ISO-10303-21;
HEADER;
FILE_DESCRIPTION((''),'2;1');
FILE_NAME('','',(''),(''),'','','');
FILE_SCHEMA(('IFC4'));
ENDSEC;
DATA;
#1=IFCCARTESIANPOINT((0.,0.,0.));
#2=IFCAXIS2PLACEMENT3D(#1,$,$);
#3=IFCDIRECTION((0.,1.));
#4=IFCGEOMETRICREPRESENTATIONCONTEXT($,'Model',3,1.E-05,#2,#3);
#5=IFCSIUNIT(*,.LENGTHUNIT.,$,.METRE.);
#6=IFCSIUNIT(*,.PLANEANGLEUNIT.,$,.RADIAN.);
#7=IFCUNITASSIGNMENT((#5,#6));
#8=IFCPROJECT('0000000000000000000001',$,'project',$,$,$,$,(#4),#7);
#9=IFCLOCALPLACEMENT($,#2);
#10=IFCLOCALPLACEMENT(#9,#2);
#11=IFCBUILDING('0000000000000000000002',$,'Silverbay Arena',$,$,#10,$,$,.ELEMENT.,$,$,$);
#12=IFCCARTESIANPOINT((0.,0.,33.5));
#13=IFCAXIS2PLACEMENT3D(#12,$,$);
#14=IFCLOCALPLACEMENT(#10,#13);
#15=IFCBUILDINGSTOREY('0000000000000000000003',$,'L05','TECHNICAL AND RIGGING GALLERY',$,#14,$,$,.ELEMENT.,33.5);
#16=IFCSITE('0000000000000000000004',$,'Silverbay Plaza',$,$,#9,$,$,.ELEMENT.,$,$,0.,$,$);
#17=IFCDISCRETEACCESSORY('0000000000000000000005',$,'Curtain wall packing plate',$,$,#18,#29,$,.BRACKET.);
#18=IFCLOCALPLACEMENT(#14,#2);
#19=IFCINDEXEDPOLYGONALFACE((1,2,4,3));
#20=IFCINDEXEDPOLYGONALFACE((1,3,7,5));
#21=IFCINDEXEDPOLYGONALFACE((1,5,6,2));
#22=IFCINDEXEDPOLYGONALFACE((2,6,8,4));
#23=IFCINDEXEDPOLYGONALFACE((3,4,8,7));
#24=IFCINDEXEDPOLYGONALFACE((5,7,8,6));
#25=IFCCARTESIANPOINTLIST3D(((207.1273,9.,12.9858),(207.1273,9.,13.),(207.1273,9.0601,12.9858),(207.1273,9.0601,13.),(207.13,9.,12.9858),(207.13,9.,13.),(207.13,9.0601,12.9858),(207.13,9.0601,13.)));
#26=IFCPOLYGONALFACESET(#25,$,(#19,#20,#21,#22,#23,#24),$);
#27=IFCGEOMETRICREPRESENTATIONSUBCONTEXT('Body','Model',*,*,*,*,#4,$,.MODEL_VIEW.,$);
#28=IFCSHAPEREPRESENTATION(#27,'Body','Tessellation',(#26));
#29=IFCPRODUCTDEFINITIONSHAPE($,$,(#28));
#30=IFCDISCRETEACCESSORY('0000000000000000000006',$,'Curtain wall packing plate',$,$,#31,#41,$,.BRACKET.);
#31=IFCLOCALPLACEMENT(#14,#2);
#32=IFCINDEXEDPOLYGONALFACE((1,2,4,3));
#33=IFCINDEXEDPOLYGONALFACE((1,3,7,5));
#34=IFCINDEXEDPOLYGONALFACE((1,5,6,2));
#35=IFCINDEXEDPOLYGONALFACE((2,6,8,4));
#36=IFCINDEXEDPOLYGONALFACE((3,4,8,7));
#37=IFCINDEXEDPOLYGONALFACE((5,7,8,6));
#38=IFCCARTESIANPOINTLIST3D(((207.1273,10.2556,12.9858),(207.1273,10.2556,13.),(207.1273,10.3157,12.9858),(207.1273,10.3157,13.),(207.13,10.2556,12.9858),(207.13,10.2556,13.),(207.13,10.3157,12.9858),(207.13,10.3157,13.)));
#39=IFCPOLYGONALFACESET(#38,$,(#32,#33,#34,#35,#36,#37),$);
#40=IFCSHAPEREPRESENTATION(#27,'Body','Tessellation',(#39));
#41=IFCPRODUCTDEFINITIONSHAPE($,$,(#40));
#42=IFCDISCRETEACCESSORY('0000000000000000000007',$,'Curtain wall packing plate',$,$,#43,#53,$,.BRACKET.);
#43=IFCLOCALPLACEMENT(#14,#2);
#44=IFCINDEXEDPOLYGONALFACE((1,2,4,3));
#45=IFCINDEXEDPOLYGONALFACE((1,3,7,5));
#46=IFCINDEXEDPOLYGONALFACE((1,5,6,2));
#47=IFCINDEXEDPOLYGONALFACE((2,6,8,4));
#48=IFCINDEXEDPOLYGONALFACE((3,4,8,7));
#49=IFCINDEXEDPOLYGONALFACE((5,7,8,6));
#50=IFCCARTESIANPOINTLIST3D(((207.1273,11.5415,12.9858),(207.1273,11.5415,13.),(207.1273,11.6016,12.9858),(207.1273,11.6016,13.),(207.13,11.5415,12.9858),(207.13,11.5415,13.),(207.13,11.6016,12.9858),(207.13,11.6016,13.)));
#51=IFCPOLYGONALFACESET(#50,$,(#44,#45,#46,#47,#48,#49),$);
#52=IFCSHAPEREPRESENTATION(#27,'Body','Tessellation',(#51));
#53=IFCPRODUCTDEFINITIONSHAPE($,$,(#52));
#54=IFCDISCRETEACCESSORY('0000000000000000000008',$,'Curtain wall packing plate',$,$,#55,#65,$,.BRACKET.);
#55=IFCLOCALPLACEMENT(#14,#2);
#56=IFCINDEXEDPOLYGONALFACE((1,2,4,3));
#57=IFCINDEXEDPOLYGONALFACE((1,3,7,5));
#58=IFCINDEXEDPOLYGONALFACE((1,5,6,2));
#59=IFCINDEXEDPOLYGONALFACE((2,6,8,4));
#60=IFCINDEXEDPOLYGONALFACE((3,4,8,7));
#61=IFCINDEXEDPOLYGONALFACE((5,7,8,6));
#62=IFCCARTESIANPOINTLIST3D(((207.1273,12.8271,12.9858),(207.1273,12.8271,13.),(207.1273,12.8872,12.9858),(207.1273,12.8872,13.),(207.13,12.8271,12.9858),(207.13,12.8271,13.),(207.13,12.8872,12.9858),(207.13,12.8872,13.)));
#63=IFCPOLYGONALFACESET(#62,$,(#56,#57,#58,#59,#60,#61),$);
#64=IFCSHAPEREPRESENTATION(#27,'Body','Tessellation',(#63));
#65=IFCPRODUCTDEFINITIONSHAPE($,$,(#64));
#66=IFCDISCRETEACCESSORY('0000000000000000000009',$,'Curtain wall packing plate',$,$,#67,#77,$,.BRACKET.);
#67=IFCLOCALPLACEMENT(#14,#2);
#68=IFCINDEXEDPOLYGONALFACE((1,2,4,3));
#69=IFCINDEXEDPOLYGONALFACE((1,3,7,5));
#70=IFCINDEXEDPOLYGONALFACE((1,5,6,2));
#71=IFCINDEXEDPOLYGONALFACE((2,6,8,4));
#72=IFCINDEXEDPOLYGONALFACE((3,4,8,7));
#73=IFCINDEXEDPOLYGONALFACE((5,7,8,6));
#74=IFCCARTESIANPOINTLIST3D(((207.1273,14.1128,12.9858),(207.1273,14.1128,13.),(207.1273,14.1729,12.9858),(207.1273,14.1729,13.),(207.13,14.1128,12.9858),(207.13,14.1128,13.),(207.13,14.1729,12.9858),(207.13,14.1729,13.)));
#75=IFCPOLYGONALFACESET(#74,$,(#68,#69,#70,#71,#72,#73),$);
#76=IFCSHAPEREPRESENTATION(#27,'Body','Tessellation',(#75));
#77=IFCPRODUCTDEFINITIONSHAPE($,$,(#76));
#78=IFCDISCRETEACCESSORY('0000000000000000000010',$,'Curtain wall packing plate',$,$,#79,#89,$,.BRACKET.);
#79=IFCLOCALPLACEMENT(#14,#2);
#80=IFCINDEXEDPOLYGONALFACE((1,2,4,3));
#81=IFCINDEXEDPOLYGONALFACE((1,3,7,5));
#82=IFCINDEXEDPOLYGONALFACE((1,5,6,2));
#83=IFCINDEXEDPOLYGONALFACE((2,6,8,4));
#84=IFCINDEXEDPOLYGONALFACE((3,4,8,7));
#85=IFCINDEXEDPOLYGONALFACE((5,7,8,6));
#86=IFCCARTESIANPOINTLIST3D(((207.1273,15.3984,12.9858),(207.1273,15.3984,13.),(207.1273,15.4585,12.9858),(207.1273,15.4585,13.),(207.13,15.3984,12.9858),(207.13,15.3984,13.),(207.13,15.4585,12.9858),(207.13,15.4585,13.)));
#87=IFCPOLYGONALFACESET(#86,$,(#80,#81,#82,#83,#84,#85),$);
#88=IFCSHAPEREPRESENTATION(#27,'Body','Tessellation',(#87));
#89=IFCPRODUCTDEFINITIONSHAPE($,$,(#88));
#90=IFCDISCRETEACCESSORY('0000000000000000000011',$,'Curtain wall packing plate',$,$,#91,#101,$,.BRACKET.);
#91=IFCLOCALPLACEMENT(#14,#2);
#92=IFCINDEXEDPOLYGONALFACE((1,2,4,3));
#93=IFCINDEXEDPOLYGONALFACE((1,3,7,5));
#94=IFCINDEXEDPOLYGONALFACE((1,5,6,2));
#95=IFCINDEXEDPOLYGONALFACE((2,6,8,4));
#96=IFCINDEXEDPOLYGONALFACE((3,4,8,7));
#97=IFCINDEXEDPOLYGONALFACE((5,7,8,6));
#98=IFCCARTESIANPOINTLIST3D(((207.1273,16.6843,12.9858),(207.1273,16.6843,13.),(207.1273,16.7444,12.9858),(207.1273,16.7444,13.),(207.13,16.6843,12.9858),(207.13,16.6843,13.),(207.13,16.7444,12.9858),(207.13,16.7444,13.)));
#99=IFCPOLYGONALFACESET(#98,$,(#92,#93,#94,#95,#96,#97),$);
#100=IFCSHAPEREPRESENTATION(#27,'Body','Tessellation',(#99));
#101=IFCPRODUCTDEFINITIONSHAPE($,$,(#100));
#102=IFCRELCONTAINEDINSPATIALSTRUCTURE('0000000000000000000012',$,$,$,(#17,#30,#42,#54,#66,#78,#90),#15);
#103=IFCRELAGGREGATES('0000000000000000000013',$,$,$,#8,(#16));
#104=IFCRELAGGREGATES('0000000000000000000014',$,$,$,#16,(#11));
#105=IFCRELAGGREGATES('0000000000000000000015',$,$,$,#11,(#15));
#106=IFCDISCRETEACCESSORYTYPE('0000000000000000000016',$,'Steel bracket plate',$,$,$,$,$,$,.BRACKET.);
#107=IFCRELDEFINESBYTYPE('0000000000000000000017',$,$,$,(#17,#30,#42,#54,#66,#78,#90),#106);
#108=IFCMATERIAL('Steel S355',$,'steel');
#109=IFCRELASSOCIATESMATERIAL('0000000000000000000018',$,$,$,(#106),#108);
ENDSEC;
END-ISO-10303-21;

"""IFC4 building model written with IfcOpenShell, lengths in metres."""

from ifc_helpers import new_model, si_unit, direction, frame, origin, origin_2d, place, context, subcontext, project, spatial, rectangle, extrude, material, type_object, element, save


model = new_model("IFC4")

# Units and contexts
model_context = context("Model", 3, precision=1e-05, world=origin(), true_north=direction((0.0, 1.0)))
body_context = subcontext(model_context, "Body", "Model", "MODEL_VIEW")
ifc_project = project(units=[si_unit("LENGTHUNIT", "METRE"), si_unit("PLANEANGLEUNIT", "RADIAN")], contexts=[model_context])

# Site, building, storey
site_placement = place(None, origin())
site = spatial("IfcSite", under=ifc_project, at=site_placement, Name="Silverbay Plaza", CompositionType="ELEMENT", RefElevation=0.0)
building_placement = place(site_placement, origin())
building = spatial("IfcBuilding", under=site, at=building_placement, Name="Silverbay Arena", CompositionType="ELEMENT")
storey_placement = place(building_placement, frame((0.0, 0.0, 33.5)))
storey = spatial("IfcBuildingStorey", under=building, at=storey_placement, Name="L05", Description="TECHNICAL AND RIGGING GALLERY", CompositionType="ELEMENT", Elevation=33.5)

# Discrete accessories
ifc_material_1 = material(Name="Steel S355", Category="steel")
discrete_accessory_type_1 = type_object("IfcDiscreteAccessoryType", Name="Steel bracket plate", PredefinedType="BRACKET", material=ifc_material_1)
for number, where, z_axis, x_axis, name in (
    (1, (207.1287, 9.03, 12.9858), (0.0, 0.0, 1.0), (1.0, 0.0, 0.0), "Curtain wall packing plate"),
    (2, (207.1287, 10.2856, 12.9858), (0.0, 0.0, 1.0), (1.0, 0.0, 0.0), "Curtain wall packing plate"),
    (3, (207.1287, 11.5715, 12.9858), (0.0, 0.0, 1.0), (1.0, 0.0, 0.0), "Curtain wall packing plate"),
    (4, (207.1287, 12.8572, 12.9858), (0.0, 0.0, 1.0), (1.0, 0.0, 0.0), "Curtain wall packing plate"),
    (5, (207.1287, 14.1428, 12.9858), (0.0, 0.0, 1.0), (1.0, 0.0, 0.0), "Curtain wall packing plate"),
    (6, (207.1287, 15.4285, 12.9858), (0.0, 0.0, 1.0), (1.0, 0.0, 0.0), "Curtain wall packing plate"),
    (7, (207.1287, 16.7144, 12.9858), (0.0, 0.0, 1.0), (1.0, 0.0, 0.0), "Curtain wall packing plate"),
):
    element("IfcDiscreteAccessory", number, at=place(storey_placement, frame(where, z_axis=z_axis, x_axis=x_axis)), inside=storey, type_object=discrete_accessory_type_1, Name=name, PredefinedType="BRACKET", context=body_context, shape_type="SweptSolid", body=[
        extrude(rectangle(XDim=0.0027, YDim=0.0601, at=origin_2d()), origin(), (0.0, 0.0, 1.0), 0.0142),
    ])

save(model, "model.ifc")
